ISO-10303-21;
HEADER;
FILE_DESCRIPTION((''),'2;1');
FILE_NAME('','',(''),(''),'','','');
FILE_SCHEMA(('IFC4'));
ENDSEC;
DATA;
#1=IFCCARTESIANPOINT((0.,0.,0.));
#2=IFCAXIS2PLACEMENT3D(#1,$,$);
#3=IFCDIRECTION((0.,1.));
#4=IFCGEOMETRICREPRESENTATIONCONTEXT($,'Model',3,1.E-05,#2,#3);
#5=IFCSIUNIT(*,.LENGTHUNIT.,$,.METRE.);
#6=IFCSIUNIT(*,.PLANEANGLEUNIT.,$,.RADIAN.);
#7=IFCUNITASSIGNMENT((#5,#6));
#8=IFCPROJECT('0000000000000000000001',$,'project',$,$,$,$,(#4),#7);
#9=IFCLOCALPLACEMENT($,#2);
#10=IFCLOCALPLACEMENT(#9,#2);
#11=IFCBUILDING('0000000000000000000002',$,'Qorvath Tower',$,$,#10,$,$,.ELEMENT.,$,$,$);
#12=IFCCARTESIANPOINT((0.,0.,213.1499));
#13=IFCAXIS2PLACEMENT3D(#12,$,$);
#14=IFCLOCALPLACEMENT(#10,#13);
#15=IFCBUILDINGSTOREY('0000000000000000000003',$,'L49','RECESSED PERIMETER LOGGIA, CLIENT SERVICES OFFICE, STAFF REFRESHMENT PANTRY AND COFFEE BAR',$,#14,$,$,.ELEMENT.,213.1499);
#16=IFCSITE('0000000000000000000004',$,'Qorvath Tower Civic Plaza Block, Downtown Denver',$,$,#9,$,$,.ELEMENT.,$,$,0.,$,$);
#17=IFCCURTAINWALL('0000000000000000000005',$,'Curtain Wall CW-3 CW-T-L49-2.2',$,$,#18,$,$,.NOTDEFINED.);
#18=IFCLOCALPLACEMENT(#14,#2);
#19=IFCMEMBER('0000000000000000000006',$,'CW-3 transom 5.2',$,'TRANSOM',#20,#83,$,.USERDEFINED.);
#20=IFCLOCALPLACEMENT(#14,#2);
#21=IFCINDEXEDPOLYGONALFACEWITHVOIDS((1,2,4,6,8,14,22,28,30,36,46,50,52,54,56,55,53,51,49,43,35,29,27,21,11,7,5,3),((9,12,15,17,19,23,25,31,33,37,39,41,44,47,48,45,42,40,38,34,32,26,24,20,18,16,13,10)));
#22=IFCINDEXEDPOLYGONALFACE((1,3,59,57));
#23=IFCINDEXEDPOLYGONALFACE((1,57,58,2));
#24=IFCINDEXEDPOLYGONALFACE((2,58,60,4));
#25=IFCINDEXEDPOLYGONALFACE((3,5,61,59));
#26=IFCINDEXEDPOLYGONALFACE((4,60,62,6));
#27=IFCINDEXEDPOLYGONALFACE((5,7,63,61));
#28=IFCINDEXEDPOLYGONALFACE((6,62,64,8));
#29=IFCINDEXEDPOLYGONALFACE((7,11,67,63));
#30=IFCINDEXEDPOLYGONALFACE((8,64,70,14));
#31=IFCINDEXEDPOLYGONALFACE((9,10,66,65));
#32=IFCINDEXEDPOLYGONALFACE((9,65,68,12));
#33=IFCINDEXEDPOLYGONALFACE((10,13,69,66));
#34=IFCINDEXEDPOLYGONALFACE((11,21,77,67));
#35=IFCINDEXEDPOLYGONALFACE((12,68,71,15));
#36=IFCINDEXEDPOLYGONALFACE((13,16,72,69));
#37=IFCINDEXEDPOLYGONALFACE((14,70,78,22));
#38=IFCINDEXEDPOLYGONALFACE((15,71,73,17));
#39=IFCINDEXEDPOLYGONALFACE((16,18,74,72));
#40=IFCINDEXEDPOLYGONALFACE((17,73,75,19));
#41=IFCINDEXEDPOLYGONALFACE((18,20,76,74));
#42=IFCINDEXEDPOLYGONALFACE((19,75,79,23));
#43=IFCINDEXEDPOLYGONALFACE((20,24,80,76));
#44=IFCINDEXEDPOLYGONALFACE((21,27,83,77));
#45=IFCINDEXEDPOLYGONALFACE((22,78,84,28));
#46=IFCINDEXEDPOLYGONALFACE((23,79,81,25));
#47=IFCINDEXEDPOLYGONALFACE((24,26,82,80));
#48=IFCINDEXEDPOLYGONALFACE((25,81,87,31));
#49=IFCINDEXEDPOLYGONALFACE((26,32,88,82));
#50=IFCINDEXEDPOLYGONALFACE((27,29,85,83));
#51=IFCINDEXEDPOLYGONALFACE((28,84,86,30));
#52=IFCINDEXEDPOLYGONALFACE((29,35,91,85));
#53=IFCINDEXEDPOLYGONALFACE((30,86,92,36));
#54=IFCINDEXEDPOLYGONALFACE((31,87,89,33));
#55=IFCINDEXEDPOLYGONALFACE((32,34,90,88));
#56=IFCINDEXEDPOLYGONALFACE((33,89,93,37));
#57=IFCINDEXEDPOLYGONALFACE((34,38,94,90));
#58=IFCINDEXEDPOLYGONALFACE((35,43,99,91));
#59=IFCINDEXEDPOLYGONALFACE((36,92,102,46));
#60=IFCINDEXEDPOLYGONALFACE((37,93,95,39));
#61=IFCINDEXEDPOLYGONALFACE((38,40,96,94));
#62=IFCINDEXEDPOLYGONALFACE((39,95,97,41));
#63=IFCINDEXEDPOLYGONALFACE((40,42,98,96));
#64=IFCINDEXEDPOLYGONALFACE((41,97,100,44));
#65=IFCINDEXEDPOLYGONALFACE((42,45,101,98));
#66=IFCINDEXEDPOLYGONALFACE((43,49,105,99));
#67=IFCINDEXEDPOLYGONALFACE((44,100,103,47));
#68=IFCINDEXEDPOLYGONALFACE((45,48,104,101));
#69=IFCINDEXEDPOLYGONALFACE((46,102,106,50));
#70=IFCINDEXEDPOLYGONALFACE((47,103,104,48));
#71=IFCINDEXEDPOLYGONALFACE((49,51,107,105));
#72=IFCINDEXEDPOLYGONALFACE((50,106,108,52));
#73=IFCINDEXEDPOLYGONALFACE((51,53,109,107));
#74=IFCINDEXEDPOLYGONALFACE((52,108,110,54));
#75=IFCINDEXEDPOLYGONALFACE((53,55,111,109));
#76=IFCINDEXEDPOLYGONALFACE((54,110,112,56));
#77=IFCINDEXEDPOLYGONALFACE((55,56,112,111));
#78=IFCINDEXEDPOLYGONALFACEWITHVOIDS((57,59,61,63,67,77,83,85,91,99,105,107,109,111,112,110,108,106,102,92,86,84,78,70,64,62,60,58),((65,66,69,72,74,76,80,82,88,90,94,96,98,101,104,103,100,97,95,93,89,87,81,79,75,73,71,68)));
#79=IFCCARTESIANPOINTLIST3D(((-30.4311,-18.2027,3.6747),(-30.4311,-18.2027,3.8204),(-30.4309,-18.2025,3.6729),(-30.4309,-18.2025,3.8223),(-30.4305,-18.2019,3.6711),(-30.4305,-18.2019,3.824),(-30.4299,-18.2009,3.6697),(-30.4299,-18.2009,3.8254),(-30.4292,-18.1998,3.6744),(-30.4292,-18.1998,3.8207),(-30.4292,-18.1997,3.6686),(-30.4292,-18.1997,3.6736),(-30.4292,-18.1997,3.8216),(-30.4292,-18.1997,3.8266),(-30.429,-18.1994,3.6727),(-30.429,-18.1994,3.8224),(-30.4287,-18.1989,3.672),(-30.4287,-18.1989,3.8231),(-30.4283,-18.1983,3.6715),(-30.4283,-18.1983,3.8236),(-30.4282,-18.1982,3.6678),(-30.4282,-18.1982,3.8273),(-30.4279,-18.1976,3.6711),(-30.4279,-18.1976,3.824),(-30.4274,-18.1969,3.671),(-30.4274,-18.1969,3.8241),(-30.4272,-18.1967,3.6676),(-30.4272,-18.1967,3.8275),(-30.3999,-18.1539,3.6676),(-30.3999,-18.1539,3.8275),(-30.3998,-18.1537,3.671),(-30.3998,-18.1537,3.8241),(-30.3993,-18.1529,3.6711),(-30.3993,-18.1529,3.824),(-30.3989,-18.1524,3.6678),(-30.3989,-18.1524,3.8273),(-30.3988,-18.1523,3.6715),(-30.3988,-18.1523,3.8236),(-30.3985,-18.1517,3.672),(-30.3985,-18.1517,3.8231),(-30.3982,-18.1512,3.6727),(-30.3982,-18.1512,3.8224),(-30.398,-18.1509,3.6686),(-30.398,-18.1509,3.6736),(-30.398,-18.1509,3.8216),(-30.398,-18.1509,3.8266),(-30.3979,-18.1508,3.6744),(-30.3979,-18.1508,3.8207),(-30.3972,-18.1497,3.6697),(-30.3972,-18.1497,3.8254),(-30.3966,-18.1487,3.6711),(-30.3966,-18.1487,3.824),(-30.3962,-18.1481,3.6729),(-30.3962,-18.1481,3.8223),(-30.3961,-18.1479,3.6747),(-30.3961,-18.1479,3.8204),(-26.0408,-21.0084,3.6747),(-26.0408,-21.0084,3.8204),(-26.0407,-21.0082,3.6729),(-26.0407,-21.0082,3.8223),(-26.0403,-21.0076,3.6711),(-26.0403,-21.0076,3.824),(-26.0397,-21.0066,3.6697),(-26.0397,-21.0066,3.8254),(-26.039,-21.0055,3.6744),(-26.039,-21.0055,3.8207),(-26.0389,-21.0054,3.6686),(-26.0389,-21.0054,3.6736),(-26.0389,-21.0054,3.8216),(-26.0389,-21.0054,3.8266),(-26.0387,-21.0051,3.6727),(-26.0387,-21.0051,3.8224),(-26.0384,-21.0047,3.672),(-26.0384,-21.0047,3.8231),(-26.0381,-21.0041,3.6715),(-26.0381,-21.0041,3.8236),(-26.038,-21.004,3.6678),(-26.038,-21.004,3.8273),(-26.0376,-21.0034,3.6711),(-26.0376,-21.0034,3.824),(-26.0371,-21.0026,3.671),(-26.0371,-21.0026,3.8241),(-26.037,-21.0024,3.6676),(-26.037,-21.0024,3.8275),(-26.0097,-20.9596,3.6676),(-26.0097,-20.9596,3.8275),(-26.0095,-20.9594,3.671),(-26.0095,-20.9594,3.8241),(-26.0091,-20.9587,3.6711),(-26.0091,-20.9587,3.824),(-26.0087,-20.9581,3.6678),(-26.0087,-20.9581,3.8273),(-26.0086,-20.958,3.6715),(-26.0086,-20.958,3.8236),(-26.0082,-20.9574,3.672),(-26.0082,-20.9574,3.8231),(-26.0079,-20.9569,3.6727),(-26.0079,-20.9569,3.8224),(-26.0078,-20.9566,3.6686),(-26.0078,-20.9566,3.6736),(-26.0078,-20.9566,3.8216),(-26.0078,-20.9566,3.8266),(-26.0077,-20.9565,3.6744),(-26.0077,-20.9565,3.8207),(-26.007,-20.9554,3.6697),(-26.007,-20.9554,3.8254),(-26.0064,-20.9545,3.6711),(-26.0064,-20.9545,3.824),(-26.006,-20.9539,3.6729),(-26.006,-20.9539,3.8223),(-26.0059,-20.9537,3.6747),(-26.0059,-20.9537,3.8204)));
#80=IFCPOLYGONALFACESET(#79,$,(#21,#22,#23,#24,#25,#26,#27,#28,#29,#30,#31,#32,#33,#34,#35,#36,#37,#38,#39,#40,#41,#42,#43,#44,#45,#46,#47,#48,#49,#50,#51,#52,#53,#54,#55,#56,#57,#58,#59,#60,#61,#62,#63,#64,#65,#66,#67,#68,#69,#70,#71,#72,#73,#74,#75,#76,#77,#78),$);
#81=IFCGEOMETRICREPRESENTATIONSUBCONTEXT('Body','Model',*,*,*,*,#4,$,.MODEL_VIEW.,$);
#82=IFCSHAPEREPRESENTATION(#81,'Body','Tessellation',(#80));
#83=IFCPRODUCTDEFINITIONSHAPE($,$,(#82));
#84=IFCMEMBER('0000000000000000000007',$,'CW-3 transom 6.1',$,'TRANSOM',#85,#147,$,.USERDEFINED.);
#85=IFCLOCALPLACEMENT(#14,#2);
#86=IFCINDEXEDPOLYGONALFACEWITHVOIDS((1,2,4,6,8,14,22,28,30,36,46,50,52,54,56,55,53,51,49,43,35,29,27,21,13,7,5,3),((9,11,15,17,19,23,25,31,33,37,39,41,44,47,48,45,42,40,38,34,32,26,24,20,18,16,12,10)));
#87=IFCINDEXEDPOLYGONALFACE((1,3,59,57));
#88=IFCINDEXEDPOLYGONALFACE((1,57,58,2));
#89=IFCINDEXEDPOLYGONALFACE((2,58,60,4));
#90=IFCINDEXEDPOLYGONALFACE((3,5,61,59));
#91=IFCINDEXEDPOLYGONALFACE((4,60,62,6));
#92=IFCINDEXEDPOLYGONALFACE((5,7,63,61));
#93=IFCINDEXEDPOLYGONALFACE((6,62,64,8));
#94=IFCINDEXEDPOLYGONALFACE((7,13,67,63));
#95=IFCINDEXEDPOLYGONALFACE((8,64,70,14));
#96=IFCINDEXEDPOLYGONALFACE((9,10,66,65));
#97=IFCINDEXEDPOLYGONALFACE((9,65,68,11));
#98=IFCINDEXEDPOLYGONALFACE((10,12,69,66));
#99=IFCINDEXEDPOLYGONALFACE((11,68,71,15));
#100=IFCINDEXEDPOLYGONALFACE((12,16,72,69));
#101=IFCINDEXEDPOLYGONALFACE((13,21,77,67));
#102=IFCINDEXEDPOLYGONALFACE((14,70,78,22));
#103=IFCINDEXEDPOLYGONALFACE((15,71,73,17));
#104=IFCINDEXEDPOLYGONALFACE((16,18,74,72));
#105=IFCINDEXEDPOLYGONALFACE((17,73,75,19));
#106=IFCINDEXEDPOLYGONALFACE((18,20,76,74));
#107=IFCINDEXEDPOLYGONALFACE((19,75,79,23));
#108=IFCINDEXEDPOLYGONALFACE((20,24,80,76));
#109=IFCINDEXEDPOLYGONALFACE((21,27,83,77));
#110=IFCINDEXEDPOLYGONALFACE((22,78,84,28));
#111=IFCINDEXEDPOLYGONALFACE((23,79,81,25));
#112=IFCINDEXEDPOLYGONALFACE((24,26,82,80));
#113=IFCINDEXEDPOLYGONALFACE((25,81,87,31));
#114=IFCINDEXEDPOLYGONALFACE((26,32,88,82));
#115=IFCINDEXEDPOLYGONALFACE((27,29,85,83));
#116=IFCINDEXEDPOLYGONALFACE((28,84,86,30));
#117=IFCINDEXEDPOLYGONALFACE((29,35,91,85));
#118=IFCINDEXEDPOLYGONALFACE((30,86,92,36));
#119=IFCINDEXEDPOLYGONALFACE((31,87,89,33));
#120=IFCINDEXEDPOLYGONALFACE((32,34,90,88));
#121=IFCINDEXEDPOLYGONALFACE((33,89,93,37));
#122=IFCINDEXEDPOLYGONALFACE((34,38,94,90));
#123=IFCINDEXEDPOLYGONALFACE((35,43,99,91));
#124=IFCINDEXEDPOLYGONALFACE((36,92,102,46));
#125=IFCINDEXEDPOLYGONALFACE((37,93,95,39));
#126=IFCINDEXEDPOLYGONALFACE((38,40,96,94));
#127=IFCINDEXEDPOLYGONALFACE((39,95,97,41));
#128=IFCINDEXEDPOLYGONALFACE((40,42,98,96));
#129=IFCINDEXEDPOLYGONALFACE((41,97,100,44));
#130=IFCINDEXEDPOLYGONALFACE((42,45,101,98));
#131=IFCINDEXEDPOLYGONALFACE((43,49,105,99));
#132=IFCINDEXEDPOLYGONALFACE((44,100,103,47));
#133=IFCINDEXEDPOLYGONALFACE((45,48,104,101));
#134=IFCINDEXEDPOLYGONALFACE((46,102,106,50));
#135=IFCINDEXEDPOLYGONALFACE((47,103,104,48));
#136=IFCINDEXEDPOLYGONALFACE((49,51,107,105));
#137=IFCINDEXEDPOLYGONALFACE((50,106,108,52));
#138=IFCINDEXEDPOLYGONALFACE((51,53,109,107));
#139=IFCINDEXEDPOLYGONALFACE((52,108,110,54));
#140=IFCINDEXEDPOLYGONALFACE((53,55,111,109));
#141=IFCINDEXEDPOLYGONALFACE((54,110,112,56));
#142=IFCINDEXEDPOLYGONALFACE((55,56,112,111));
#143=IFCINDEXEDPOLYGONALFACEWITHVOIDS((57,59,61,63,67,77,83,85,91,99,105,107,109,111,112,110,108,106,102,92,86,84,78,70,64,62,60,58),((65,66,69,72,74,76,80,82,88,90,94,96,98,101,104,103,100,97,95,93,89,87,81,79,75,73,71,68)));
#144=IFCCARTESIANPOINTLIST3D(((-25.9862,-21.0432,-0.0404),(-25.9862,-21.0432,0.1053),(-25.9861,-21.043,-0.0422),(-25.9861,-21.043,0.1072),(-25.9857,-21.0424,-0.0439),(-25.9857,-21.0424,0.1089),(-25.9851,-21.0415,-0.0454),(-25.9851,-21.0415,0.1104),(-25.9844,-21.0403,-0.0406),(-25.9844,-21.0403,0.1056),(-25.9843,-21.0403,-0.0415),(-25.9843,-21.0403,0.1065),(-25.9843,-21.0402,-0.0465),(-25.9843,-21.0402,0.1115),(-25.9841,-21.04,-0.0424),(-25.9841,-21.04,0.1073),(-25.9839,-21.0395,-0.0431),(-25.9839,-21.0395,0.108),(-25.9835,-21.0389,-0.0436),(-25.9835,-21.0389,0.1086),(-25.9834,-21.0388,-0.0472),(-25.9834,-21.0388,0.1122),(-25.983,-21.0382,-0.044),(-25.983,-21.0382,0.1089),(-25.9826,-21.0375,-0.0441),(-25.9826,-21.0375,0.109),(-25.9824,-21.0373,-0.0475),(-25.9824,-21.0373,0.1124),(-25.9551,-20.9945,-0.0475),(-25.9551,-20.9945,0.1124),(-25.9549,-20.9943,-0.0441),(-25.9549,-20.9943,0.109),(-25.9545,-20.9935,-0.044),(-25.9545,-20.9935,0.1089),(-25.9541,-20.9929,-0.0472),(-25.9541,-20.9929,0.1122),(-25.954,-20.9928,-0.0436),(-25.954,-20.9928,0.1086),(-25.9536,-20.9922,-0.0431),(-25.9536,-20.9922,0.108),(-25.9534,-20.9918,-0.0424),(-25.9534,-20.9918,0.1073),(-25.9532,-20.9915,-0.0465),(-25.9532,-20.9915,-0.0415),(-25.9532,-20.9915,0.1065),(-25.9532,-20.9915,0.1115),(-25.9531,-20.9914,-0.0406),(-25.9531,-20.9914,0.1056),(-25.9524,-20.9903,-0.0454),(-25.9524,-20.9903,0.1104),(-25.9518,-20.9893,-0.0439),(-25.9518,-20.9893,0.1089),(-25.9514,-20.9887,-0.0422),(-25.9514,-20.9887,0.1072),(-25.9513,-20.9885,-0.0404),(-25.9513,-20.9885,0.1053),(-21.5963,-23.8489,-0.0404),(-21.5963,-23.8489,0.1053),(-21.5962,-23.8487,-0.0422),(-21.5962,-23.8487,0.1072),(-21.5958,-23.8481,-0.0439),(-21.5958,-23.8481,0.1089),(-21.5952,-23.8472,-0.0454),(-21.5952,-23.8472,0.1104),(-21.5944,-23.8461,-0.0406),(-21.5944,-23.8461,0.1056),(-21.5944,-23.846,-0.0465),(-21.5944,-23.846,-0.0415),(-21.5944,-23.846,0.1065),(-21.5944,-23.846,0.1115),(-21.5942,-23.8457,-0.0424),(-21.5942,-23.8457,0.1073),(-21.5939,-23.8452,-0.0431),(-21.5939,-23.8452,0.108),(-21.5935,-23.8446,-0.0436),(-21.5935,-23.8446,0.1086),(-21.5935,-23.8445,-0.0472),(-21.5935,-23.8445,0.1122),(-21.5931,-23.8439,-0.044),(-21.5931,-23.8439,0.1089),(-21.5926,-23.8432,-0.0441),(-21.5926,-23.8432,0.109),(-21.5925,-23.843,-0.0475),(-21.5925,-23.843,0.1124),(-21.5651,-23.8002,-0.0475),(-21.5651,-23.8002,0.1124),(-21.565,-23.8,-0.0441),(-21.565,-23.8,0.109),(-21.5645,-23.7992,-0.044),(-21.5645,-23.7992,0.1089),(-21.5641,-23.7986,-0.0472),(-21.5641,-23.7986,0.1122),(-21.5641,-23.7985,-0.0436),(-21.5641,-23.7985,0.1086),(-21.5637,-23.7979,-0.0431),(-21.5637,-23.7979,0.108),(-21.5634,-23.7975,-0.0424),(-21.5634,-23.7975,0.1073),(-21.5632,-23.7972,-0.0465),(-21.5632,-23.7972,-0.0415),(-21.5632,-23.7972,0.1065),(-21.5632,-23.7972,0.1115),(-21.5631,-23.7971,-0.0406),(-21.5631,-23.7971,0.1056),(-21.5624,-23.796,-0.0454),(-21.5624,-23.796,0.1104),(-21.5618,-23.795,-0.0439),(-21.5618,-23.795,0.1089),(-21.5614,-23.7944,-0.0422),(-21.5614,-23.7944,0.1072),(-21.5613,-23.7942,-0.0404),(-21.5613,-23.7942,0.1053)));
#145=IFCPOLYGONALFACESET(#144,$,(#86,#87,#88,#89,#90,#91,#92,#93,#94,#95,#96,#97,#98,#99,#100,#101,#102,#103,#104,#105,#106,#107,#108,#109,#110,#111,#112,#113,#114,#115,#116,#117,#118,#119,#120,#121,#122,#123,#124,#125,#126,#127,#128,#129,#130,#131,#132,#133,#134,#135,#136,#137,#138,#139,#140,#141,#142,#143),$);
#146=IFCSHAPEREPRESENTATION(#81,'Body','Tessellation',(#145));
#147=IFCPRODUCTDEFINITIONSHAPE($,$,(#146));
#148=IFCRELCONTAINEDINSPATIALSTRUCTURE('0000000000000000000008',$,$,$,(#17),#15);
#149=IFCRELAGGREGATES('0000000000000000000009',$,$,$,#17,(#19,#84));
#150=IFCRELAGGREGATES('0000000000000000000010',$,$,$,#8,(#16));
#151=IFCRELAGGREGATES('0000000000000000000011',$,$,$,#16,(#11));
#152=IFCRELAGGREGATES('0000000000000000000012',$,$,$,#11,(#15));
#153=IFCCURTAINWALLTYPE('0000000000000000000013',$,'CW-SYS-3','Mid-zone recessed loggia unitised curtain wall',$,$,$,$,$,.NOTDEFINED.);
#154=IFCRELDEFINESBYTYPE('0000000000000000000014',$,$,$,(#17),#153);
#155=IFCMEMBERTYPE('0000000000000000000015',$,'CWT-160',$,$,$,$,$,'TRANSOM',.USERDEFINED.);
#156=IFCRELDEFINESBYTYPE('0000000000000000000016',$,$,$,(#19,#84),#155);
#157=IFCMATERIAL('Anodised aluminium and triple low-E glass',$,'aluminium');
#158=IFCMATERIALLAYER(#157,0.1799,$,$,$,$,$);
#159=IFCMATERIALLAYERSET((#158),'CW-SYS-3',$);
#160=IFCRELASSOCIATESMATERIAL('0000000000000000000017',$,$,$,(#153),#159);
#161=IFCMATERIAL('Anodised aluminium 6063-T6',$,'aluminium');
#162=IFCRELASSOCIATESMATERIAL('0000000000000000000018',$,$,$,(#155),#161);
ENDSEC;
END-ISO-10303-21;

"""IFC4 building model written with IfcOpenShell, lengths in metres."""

from ifc_helpers import new_model, si_unit, direction, frame, origin, origin_2d, place, context, subcontext, project, spatial, hollow_rectangle, extrude, material, layer, layer_set, material_profile, profile_set, type_object, element, aggregate, save


model = new_model("IFC4")

# Units and contexts
model_context = context("Model", 3, precision=1e-05, world=origin(), true_north=direction((0.0, 1.0)))
body_context = subcontext(model_context, "Body", "Model", "MODEL_VIEW")
ifc_project = project(units=[si_unit("LENGTHUNIT", "METRE"), si_unit("PLANEANGLEUNIT", "RADIAN")], contexts=[model_context])

# Site, building, storey
site_placement = place(None, origin())
site = spatial("IfcSite", under=ifc_project, at=site_placement, Name="Qorvath Tower Civic Plaza Block, Downtown Denver", CompositionType="ELEMENT", RefElevation=0.0)
building_placement = place(site_placement, origin())
building = spatial("IfcBuilding", under=site, at=building_placement, Name="Qorvath Tower", CompositionType="ELEMENT")
storey_placement = place(building_placement, frame((0.0, 0.0, 213.1499)))
storey = spatial("IfcBuildingStorey", under=building, at=storey_placement, Name="L49", Description="RECESSED PERIMETER LOGGIA, CLIENT SERVICES OFFICE, STAFF REFRESHMENT PANTRY AND COFFEE BAR", CompositionType="ELEMENT", Elevation=213.1499)

# Curtain wall, members
ifc_material_1 = material(Name="Anodised aluminium and triple low-E glass", Category="aluminium")
ifc_layer_1 = layer(ifc_material_1, 0.1799)
ifc_layer_set_1 = layer_set([ifc_layer_1], Name="CW-SYS-3")
curtain_wall_type = type_object("IfcCurtainWallType", Name="CW-SYS-3", Description="Mid-zone recessed loggia unitised curtain wall", PredefinedType="NOTDEFINED", material=ifc_layer_set_1)
curtain_wall_placement = place(storey_placement, origin())
curtain_wall = element("IfcCurtainWall", 1, at=curtain_wall_placement, inside=storey, type_object=curtain_wall_type, Name="Curtain Wall CW-3 CW-T-L49-2.2", PredefinedType="NOTDEFINED")
ifc_material_2 = material(Name="Anodised aluminium 6063-T6", Category="aluminium")
ifc_material_profile_1 = material_profile(ifc_material_2, hollow_rectangle(XDim=0.0649, YDim=0.1599, WallThickness=0.0034, InnerFilletRadius=0.0034, OuterFilletRadius=0.0071, at=origin_2d()), Name="CWT 160x65")
ifc_profile_set_1 = profile_set([ifc_material_profile_1], Name="Anodised aluminium 6063-T6")
member_type_1 = type_object("IfcMemberType", Name="CWT-160", ElementType="TRANSOM", PredefinedType="USERDEFINED", material=ifc_profile_set_1)
member_1_placement = place(storey_placement, frame((-30.4136, -18.1753, 3.7476), z_axis=(0.842622, -0.538506, 0.0), x_axis=(0.538506, 0.842622, 0.0)))
member_1 = element("IfcMember", 2, at=member_1_placement, type_object=member_type_1, Name="CW-3 transom 5.2", ObjectType="TRANSOM", PredefinedType="USERDEFINED", context=body_context, shape_type="SweptSolid", body=[
    extrude(hollow_rectangle(XDim=0.0649, YDim=0.1599, WallThickness=0.0034, InnerFilletRadius=0.0034, OuterFilletRadius=0.0071, at=origin_2d()), origin(), (0.0, 0.0, 1.0), 5.2102),
])
member_2_placement = place(storey_placement, frame((-25.9688, -21.0159, 0.0325), z_axis=(0.842608, -0.538527, 0.0), x_axis=(0.538527, 0.842608, 0.0)))
member_2 = element("IfcMember", 3, at=member_2_placement, type_object=member_type_1, Name="CW-3 transom 6.1", ObjectType="TRANSOM", PredefinedType="USERDEFINED", context=body_context, shape_type="SweptSolid", body=[
    extrude(hollow_rectangle(XDim=0.0649, YDim=0.1599, WallThickness=0.0034, InnerFilletRadius=0.0034, OuterFilletRadius=0.0071, at=origin_2d()), origin(), (0.0, 0.0, 1.0), 5.21),
])
aggregate(curtain_wall, [member_1, member_2])

save(model, "model.ifc")
